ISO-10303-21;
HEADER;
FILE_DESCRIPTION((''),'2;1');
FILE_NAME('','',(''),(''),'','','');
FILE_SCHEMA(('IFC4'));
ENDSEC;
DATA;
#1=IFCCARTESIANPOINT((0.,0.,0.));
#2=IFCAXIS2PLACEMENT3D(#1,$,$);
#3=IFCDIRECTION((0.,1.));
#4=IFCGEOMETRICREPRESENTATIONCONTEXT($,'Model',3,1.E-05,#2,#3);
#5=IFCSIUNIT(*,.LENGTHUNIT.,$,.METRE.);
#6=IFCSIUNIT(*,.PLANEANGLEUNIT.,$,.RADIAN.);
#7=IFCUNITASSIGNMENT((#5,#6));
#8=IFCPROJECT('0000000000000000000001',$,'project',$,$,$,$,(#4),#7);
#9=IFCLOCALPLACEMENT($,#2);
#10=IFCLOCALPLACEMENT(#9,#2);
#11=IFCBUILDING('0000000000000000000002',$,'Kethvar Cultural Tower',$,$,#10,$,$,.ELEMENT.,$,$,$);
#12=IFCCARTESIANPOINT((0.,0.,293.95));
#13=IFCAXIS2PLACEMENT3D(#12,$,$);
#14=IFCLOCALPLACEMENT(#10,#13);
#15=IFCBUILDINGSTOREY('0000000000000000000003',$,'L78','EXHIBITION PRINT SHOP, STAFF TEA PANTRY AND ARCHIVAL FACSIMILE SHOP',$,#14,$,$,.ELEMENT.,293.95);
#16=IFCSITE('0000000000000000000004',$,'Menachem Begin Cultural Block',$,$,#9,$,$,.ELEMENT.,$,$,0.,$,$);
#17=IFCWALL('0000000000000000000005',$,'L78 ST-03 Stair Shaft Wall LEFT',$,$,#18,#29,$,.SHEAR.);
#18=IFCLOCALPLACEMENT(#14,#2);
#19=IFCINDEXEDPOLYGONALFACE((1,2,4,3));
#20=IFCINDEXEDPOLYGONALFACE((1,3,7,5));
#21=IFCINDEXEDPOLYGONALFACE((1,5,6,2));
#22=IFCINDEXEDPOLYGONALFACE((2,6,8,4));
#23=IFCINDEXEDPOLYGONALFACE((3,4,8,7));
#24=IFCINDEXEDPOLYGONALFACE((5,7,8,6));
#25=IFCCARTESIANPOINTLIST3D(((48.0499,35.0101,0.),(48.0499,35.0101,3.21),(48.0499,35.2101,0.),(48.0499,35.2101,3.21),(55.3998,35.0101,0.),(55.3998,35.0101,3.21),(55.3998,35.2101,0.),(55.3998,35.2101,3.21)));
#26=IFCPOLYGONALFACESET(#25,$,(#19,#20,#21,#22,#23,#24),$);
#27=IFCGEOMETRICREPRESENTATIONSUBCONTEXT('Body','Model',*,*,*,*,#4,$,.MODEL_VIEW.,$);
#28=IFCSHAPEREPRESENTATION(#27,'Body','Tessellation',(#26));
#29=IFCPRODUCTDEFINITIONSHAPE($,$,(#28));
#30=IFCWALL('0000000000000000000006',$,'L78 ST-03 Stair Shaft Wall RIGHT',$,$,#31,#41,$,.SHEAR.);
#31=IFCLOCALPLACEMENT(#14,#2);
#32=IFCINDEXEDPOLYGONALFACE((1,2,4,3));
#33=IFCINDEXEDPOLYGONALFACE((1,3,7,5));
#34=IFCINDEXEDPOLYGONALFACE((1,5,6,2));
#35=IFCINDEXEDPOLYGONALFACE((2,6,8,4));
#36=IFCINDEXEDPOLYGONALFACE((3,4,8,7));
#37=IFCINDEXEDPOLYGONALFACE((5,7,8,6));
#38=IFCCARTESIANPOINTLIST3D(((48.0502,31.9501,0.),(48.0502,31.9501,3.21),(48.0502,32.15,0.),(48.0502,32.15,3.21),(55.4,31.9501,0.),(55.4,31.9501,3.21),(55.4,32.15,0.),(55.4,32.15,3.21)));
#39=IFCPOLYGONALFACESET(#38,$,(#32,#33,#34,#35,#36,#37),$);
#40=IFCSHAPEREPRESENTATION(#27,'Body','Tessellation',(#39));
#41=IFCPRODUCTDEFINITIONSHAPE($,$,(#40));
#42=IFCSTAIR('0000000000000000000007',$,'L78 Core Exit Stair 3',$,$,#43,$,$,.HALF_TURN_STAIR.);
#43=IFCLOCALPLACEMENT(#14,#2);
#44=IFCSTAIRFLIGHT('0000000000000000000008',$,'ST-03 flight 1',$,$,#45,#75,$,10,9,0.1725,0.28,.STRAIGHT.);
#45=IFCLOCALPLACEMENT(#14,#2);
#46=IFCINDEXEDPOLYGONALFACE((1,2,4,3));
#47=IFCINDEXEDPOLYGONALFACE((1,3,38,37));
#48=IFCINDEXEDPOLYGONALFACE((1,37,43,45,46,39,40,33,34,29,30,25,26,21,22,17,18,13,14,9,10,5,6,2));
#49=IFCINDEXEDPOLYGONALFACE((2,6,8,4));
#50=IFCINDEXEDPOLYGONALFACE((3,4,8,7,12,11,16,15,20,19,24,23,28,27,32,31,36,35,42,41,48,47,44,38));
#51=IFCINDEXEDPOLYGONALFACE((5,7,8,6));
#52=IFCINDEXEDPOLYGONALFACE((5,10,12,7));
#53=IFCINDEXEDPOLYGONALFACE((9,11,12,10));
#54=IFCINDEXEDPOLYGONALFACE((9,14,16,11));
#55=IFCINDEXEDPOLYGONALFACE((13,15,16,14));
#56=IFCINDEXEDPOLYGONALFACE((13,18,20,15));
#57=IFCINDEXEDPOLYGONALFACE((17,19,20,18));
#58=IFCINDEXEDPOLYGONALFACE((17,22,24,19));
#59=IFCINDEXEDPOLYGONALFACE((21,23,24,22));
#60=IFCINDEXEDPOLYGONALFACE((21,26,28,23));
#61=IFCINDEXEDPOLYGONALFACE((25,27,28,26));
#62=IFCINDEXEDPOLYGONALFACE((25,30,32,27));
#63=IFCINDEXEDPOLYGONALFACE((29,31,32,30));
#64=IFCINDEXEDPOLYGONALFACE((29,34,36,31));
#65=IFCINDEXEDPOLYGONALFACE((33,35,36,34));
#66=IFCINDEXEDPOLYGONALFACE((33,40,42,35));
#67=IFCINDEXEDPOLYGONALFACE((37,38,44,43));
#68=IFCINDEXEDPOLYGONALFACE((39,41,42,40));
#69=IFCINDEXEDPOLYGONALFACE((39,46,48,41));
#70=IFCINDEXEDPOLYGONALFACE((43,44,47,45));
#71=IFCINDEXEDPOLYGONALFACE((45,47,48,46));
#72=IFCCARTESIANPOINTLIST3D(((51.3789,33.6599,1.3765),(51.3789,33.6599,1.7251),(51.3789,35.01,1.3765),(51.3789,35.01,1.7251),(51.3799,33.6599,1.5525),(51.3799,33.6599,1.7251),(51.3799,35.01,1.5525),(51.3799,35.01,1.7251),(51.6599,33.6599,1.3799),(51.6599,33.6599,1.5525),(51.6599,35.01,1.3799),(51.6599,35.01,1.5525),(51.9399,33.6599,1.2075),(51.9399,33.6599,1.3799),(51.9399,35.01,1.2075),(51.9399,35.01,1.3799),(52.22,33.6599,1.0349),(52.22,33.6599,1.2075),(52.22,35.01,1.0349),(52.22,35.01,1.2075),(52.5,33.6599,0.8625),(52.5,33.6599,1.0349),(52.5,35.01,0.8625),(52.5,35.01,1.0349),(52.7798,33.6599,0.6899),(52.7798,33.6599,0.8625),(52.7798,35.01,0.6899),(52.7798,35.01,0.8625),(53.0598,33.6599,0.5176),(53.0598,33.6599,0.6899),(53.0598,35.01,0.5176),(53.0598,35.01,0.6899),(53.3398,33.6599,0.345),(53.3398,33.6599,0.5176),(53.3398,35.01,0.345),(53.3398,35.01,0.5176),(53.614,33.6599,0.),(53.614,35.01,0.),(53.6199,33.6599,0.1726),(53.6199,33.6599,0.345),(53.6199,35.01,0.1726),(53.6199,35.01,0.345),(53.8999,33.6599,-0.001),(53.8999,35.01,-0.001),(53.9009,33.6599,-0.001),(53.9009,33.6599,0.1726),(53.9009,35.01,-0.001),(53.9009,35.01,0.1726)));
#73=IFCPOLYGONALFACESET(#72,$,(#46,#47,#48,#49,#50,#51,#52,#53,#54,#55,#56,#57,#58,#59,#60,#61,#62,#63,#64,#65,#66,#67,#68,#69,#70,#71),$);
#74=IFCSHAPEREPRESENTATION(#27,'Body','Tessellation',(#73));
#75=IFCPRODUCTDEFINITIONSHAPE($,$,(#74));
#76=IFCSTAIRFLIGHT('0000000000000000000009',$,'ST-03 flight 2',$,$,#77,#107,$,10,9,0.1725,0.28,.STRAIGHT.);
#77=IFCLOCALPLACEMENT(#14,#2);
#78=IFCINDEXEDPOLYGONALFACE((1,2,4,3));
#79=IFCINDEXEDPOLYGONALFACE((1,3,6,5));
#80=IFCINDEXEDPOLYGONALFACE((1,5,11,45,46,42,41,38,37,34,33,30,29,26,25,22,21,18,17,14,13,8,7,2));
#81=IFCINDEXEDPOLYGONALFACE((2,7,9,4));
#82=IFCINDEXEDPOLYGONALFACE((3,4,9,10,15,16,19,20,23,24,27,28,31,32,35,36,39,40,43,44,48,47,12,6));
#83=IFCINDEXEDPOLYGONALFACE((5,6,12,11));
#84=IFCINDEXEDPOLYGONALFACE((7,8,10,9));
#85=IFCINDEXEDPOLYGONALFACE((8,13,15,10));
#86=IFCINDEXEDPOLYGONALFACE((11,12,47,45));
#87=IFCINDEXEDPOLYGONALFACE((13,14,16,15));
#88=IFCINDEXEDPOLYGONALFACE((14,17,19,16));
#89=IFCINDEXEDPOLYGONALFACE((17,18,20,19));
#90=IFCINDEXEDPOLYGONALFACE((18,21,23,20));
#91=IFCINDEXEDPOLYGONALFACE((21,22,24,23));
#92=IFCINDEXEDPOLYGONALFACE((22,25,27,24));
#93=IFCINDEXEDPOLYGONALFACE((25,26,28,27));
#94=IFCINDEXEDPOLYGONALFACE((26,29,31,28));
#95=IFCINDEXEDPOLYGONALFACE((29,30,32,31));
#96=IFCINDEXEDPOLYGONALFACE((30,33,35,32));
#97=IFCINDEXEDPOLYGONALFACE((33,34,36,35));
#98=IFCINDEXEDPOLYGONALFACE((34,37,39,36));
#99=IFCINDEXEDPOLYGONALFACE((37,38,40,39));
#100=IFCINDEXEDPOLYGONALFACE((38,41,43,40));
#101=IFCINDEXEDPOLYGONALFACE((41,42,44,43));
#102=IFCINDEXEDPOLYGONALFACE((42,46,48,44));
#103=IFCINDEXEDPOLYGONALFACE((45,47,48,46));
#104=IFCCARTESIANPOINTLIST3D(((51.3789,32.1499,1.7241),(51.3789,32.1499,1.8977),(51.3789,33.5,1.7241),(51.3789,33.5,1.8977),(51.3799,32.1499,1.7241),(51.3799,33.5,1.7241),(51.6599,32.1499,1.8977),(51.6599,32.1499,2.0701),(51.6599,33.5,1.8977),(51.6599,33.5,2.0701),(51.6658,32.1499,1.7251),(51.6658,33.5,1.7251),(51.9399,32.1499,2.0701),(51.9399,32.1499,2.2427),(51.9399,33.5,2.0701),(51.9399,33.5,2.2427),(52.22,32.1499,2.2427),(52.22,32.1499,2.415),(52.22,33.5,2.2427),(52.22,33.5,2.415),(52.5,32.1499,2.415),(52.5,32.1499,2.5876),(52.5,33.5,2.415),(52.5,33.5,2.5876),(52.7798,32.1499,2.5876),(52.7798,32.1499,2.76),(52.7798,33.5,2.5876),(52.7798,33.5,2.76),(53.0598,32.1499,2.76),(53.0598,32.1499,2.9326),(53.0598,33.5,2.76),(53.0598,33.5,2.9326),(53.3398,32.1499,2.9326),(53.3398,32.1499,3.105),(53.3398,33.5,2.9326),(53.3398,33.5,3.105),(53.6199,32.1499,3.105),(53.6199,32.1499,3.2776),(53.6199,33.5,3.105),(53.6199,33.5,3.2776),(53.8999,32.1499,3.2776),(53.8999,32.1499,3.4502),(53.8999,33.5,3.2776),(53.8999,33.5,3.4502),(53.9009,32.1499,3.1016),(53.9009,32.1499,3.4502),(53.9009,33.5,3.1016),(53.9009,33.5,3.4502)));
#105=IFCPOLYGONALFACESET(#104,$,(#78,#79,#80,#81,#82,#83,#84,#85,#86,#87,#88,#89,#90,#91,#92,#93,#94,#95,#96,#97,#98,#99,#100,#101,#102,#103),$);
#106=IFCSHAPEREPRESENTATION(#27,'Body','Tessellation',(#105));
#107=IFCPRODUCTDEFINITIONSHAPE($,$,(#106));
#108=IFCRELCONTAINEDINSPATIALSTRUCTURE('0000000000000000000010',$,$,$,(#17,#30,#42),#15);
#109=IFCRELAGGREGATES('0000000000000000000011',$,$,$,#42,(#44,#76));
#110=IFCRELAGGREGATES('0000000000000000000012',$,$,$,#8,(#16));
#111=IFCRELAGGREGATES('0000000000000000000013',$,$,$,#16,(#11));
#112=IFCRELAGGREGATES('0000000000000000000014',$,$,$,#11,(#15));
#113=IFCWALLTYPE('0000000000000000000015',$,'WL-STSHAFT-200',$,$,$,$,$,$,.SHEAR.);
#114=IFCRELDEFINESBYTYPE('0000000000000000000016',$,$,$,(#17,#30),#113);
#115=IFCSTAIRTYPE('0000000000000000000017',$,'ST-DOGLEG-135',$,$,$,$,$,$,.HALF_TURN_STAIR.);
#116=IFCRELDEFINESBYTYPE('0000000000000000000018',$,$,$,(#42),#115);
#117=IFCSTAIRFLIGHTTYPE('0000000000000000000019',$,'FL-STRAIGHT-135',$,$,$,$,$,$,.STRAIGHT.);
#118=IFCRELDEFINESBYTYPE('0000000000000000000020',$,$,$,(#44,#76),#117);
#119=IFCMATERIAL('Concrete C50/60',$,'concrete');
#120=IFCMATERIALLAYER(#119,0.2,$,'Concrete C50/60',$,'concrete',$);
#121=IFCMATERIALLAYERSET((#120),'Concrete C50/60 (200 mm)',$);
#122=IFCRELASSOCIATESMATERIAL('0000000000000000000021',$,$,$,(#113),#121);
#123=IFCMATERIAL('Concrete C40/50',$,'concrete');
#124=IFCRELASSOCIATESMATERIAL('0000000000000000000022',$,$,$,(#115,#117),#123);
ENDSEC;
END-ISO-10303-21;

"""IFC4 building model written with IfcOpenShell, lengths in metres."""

from ifc_helpers import new_model, si_unit, direction, frame, frame_2d, origin, place, context, subcontext, project, spatial, polyline, rectangle, outline, extrude, material, layer, layer_set, type_object, element, aggregate, save


model = new_model("IFC4")

# Units and contexts
model_context = context("Model", 3, precision=1e-05, world=origin(), true_north=direction((0.0, 1.0)))
body_context = subcontext(model_context, "Body", "Model", "MODEL_VIEW")
ifc_project = project(units=[si_unit("LENGTHUNIT", "METRE"), si_unit("PLANEANGLEUNIT", "RADIAN")], contexts=[model_context])

# Site, building, storey
site_placement = place(None, origin())
site = spatial("IfcSite", under=ifc_project, at=site_placement, Name="Menachem Begin Cultural Block", CompositionType="ELEMENT", RefElevation=0.0)
building_placement = place(site_placement, origin())
building = spatial("IfcBuilding", under=site, at=building_placement, Name="Kethvar Cultural Tower", CompositionType="ELEMENT")
storey_placement = place(building_placement, frame((0.0, 0.0, 293.95)))
storey = spatial("IfcBuildingStorey", under=building, at=storey_placement, Name="L78", Description="EXHIBITION PRINT SHOP, STAFF TEA PANTRY AND ARCHIVAL FACSIMILE SHOP", CompositionType="ELEMENT", Elevation=293.95)

# Shared definitions
ifc_material_1 = material(Name="Concrete C40/50", Category="concrete")

# Shared definitions
ifc_material_2 = material(Name="Concrete C50/60", Category="concrete")

# Walls
ifc_layer_1 = layer(ifc_material_2, 0.2, Name="Concrete C50/60", Category="concrete")
ifc_layer_set_1 = layer_set([ifc_layer_1], Name="Concrete C50/60 (200 mm)")
wall_type_1 = type_object("IfcWallType", Name="WL-STSHAFT-200", PredefinedType="SHEAR", material=ifc_layer_set_1)
for number, where, z_axis, x_axis, name in (
    (1, (48.05, 35.1101, 0.0), (0.0, 0.0, 1.0), (1.0, 0.0, 0.0), "L78 ST-03 Stair Shaft Wall LEFT"),
    (2, (55.3999, 32.05, 0.0), (0.0, 0.0, 1.0), (-1.0, 0.0, 0.0), "L78 ST-03 Stair Shaft Wall RIGHT"),
):
    element("IfcWall", number, at=place(storey_placement, frame(where, z_axis=z_axis, x_axis=x_axis)), inside=storey, type_object=wall_type_1, Name=name, PredefinedType="SHEAR", context=body_context, shape_type="SweptSolid", body=[
        extrude(rectangle(XDim=7.3499, YDim=0.2, at=frame_2d((3.6748, 0.0))), origin(), (0.0, 0.0, 1.0), 3.21),
    ])

# Stair, stair flights
stair_type = type_object("IfcStairType", Name="ST-DOGLEG-135", PredefinedType="HALF_TURN_STAIR", material=ifc_material_1)
stair_placement = place(storey_placement, origin())
stair = element("IfcStair", 3, at=stair_placement, inside=storey, type_object=stair_type, Name="L78 Core Exit Stair 3", PredefinedType="HALF_TURN_STAIR")
stair_flight_type = type_object("IfcStairFlightType", Name="FL-STRAIGHT-135", PredefinedType="STRAIGHT", material=ifc_material_1)
stair_flight_1_placement = place(storey_placement, frame((53.8999, 34.335, 0.0), z_axis=(0.0, 0.0, 1.0), x_axis=(-1.0, 0.0, 0.0)))
stair_flight_1 = element("IfcStairFlight", 4, at=stair_flight_1_placement, type_object=stair_flight_type, Name="ST-03 flight 1", NumberOfRisers=10, NumberOfTreads=9, PredefinedType="STRAIGHT", RiserHeight=0.1725, TreadLength=0.28, context=body_context, shape_type="SweptSolid", body=[
    extrude(outline(polyline([(-0.001, -0.001), (-0.001, 0.1726), (0.28, 0.1726), (0.28, 0.345), (0.5601, 0.345), (0.5601, 0.5176), (0.8401, 0.5176), (0.8401, 0.6899), (1.1201, 0.6899), (1.1201, 0.8625), (1.3999, 0.8625), (1.3999, 1.0349), (1.6799, 1.0349), (1.6799, 1.2075), (1.96, 1.2075), (1.96, 1.3799), (2.24, 1.3799), (2.24, 1.5525), (2.52, 1.5525), (2.52, 1.7251), (2.521, 1.7251), (2.521, 1.3765), (0.2859, 0.0), (0.0, -0.001), (-0.001, -0.001)])), frame((0.0, 0.675, 0.0), z_axis=(0.0, -1.0, 0.0), x_axis=(1.0, 0.0, 0.0)), (0.0, 0.0, 1.0), 1.3501),
])
stair_flight_2_placement = place(storey_placement, frame((51.3799, 32.825, 1.7251), z_axis=(0.0, 0.0, 1.0), x_axis=(1.0, 0.0, 0.0)))
stair_flight_2 = element("IfcStairFlight", 5, at=stair_flight_2_placement, type_object=stair_flight_type, Name="ST-03 flight 2", NumberOfRisers=10, NumberOfTreads=9, PredefinedType="STRAIGHT", RiserHeight=0.1725, TreadLength=0.28, context=body_context, shape_type="SweptSolid", body=[
    extrude(outline(polyline([(-0.001, -0.001), (-0.001, 0.1726), (0.28, 0.1726), (0.28, 0.345), (0.5601, 0.345), (0.5601, 0.5176), (0.8401, 0.5176), (0.8401, 0.6899), (1.1201, 0.6899), (1.1201, 0.8625), (1.3999, 0.8625), (1.3999, 1.0349), (1.6799, 1.0349), (1.6799, 1.2075), (1.96, 1.2075), (1.96, 1.3799), (2.24, 1.3799), (2.24, 1.5525), (2.52, 1.5525), (2.52, 1.7251), (2.521, 1.7251), (2.521, 1.3765), (0.2859, 0.0), (0.0, -0.001), (-0.001, -0.001)])), frame((0.0, 0.675, 0.0), z_axis=(0.0, -1.0, 0.0), x_axis=(1.0, 0.0, 0.0)), (0.0, 0.0, 1.0), 1.3501),
])
aggregate(stair, [stair_flight_1, stair_flight_2])

save(model, "model.ifc")
